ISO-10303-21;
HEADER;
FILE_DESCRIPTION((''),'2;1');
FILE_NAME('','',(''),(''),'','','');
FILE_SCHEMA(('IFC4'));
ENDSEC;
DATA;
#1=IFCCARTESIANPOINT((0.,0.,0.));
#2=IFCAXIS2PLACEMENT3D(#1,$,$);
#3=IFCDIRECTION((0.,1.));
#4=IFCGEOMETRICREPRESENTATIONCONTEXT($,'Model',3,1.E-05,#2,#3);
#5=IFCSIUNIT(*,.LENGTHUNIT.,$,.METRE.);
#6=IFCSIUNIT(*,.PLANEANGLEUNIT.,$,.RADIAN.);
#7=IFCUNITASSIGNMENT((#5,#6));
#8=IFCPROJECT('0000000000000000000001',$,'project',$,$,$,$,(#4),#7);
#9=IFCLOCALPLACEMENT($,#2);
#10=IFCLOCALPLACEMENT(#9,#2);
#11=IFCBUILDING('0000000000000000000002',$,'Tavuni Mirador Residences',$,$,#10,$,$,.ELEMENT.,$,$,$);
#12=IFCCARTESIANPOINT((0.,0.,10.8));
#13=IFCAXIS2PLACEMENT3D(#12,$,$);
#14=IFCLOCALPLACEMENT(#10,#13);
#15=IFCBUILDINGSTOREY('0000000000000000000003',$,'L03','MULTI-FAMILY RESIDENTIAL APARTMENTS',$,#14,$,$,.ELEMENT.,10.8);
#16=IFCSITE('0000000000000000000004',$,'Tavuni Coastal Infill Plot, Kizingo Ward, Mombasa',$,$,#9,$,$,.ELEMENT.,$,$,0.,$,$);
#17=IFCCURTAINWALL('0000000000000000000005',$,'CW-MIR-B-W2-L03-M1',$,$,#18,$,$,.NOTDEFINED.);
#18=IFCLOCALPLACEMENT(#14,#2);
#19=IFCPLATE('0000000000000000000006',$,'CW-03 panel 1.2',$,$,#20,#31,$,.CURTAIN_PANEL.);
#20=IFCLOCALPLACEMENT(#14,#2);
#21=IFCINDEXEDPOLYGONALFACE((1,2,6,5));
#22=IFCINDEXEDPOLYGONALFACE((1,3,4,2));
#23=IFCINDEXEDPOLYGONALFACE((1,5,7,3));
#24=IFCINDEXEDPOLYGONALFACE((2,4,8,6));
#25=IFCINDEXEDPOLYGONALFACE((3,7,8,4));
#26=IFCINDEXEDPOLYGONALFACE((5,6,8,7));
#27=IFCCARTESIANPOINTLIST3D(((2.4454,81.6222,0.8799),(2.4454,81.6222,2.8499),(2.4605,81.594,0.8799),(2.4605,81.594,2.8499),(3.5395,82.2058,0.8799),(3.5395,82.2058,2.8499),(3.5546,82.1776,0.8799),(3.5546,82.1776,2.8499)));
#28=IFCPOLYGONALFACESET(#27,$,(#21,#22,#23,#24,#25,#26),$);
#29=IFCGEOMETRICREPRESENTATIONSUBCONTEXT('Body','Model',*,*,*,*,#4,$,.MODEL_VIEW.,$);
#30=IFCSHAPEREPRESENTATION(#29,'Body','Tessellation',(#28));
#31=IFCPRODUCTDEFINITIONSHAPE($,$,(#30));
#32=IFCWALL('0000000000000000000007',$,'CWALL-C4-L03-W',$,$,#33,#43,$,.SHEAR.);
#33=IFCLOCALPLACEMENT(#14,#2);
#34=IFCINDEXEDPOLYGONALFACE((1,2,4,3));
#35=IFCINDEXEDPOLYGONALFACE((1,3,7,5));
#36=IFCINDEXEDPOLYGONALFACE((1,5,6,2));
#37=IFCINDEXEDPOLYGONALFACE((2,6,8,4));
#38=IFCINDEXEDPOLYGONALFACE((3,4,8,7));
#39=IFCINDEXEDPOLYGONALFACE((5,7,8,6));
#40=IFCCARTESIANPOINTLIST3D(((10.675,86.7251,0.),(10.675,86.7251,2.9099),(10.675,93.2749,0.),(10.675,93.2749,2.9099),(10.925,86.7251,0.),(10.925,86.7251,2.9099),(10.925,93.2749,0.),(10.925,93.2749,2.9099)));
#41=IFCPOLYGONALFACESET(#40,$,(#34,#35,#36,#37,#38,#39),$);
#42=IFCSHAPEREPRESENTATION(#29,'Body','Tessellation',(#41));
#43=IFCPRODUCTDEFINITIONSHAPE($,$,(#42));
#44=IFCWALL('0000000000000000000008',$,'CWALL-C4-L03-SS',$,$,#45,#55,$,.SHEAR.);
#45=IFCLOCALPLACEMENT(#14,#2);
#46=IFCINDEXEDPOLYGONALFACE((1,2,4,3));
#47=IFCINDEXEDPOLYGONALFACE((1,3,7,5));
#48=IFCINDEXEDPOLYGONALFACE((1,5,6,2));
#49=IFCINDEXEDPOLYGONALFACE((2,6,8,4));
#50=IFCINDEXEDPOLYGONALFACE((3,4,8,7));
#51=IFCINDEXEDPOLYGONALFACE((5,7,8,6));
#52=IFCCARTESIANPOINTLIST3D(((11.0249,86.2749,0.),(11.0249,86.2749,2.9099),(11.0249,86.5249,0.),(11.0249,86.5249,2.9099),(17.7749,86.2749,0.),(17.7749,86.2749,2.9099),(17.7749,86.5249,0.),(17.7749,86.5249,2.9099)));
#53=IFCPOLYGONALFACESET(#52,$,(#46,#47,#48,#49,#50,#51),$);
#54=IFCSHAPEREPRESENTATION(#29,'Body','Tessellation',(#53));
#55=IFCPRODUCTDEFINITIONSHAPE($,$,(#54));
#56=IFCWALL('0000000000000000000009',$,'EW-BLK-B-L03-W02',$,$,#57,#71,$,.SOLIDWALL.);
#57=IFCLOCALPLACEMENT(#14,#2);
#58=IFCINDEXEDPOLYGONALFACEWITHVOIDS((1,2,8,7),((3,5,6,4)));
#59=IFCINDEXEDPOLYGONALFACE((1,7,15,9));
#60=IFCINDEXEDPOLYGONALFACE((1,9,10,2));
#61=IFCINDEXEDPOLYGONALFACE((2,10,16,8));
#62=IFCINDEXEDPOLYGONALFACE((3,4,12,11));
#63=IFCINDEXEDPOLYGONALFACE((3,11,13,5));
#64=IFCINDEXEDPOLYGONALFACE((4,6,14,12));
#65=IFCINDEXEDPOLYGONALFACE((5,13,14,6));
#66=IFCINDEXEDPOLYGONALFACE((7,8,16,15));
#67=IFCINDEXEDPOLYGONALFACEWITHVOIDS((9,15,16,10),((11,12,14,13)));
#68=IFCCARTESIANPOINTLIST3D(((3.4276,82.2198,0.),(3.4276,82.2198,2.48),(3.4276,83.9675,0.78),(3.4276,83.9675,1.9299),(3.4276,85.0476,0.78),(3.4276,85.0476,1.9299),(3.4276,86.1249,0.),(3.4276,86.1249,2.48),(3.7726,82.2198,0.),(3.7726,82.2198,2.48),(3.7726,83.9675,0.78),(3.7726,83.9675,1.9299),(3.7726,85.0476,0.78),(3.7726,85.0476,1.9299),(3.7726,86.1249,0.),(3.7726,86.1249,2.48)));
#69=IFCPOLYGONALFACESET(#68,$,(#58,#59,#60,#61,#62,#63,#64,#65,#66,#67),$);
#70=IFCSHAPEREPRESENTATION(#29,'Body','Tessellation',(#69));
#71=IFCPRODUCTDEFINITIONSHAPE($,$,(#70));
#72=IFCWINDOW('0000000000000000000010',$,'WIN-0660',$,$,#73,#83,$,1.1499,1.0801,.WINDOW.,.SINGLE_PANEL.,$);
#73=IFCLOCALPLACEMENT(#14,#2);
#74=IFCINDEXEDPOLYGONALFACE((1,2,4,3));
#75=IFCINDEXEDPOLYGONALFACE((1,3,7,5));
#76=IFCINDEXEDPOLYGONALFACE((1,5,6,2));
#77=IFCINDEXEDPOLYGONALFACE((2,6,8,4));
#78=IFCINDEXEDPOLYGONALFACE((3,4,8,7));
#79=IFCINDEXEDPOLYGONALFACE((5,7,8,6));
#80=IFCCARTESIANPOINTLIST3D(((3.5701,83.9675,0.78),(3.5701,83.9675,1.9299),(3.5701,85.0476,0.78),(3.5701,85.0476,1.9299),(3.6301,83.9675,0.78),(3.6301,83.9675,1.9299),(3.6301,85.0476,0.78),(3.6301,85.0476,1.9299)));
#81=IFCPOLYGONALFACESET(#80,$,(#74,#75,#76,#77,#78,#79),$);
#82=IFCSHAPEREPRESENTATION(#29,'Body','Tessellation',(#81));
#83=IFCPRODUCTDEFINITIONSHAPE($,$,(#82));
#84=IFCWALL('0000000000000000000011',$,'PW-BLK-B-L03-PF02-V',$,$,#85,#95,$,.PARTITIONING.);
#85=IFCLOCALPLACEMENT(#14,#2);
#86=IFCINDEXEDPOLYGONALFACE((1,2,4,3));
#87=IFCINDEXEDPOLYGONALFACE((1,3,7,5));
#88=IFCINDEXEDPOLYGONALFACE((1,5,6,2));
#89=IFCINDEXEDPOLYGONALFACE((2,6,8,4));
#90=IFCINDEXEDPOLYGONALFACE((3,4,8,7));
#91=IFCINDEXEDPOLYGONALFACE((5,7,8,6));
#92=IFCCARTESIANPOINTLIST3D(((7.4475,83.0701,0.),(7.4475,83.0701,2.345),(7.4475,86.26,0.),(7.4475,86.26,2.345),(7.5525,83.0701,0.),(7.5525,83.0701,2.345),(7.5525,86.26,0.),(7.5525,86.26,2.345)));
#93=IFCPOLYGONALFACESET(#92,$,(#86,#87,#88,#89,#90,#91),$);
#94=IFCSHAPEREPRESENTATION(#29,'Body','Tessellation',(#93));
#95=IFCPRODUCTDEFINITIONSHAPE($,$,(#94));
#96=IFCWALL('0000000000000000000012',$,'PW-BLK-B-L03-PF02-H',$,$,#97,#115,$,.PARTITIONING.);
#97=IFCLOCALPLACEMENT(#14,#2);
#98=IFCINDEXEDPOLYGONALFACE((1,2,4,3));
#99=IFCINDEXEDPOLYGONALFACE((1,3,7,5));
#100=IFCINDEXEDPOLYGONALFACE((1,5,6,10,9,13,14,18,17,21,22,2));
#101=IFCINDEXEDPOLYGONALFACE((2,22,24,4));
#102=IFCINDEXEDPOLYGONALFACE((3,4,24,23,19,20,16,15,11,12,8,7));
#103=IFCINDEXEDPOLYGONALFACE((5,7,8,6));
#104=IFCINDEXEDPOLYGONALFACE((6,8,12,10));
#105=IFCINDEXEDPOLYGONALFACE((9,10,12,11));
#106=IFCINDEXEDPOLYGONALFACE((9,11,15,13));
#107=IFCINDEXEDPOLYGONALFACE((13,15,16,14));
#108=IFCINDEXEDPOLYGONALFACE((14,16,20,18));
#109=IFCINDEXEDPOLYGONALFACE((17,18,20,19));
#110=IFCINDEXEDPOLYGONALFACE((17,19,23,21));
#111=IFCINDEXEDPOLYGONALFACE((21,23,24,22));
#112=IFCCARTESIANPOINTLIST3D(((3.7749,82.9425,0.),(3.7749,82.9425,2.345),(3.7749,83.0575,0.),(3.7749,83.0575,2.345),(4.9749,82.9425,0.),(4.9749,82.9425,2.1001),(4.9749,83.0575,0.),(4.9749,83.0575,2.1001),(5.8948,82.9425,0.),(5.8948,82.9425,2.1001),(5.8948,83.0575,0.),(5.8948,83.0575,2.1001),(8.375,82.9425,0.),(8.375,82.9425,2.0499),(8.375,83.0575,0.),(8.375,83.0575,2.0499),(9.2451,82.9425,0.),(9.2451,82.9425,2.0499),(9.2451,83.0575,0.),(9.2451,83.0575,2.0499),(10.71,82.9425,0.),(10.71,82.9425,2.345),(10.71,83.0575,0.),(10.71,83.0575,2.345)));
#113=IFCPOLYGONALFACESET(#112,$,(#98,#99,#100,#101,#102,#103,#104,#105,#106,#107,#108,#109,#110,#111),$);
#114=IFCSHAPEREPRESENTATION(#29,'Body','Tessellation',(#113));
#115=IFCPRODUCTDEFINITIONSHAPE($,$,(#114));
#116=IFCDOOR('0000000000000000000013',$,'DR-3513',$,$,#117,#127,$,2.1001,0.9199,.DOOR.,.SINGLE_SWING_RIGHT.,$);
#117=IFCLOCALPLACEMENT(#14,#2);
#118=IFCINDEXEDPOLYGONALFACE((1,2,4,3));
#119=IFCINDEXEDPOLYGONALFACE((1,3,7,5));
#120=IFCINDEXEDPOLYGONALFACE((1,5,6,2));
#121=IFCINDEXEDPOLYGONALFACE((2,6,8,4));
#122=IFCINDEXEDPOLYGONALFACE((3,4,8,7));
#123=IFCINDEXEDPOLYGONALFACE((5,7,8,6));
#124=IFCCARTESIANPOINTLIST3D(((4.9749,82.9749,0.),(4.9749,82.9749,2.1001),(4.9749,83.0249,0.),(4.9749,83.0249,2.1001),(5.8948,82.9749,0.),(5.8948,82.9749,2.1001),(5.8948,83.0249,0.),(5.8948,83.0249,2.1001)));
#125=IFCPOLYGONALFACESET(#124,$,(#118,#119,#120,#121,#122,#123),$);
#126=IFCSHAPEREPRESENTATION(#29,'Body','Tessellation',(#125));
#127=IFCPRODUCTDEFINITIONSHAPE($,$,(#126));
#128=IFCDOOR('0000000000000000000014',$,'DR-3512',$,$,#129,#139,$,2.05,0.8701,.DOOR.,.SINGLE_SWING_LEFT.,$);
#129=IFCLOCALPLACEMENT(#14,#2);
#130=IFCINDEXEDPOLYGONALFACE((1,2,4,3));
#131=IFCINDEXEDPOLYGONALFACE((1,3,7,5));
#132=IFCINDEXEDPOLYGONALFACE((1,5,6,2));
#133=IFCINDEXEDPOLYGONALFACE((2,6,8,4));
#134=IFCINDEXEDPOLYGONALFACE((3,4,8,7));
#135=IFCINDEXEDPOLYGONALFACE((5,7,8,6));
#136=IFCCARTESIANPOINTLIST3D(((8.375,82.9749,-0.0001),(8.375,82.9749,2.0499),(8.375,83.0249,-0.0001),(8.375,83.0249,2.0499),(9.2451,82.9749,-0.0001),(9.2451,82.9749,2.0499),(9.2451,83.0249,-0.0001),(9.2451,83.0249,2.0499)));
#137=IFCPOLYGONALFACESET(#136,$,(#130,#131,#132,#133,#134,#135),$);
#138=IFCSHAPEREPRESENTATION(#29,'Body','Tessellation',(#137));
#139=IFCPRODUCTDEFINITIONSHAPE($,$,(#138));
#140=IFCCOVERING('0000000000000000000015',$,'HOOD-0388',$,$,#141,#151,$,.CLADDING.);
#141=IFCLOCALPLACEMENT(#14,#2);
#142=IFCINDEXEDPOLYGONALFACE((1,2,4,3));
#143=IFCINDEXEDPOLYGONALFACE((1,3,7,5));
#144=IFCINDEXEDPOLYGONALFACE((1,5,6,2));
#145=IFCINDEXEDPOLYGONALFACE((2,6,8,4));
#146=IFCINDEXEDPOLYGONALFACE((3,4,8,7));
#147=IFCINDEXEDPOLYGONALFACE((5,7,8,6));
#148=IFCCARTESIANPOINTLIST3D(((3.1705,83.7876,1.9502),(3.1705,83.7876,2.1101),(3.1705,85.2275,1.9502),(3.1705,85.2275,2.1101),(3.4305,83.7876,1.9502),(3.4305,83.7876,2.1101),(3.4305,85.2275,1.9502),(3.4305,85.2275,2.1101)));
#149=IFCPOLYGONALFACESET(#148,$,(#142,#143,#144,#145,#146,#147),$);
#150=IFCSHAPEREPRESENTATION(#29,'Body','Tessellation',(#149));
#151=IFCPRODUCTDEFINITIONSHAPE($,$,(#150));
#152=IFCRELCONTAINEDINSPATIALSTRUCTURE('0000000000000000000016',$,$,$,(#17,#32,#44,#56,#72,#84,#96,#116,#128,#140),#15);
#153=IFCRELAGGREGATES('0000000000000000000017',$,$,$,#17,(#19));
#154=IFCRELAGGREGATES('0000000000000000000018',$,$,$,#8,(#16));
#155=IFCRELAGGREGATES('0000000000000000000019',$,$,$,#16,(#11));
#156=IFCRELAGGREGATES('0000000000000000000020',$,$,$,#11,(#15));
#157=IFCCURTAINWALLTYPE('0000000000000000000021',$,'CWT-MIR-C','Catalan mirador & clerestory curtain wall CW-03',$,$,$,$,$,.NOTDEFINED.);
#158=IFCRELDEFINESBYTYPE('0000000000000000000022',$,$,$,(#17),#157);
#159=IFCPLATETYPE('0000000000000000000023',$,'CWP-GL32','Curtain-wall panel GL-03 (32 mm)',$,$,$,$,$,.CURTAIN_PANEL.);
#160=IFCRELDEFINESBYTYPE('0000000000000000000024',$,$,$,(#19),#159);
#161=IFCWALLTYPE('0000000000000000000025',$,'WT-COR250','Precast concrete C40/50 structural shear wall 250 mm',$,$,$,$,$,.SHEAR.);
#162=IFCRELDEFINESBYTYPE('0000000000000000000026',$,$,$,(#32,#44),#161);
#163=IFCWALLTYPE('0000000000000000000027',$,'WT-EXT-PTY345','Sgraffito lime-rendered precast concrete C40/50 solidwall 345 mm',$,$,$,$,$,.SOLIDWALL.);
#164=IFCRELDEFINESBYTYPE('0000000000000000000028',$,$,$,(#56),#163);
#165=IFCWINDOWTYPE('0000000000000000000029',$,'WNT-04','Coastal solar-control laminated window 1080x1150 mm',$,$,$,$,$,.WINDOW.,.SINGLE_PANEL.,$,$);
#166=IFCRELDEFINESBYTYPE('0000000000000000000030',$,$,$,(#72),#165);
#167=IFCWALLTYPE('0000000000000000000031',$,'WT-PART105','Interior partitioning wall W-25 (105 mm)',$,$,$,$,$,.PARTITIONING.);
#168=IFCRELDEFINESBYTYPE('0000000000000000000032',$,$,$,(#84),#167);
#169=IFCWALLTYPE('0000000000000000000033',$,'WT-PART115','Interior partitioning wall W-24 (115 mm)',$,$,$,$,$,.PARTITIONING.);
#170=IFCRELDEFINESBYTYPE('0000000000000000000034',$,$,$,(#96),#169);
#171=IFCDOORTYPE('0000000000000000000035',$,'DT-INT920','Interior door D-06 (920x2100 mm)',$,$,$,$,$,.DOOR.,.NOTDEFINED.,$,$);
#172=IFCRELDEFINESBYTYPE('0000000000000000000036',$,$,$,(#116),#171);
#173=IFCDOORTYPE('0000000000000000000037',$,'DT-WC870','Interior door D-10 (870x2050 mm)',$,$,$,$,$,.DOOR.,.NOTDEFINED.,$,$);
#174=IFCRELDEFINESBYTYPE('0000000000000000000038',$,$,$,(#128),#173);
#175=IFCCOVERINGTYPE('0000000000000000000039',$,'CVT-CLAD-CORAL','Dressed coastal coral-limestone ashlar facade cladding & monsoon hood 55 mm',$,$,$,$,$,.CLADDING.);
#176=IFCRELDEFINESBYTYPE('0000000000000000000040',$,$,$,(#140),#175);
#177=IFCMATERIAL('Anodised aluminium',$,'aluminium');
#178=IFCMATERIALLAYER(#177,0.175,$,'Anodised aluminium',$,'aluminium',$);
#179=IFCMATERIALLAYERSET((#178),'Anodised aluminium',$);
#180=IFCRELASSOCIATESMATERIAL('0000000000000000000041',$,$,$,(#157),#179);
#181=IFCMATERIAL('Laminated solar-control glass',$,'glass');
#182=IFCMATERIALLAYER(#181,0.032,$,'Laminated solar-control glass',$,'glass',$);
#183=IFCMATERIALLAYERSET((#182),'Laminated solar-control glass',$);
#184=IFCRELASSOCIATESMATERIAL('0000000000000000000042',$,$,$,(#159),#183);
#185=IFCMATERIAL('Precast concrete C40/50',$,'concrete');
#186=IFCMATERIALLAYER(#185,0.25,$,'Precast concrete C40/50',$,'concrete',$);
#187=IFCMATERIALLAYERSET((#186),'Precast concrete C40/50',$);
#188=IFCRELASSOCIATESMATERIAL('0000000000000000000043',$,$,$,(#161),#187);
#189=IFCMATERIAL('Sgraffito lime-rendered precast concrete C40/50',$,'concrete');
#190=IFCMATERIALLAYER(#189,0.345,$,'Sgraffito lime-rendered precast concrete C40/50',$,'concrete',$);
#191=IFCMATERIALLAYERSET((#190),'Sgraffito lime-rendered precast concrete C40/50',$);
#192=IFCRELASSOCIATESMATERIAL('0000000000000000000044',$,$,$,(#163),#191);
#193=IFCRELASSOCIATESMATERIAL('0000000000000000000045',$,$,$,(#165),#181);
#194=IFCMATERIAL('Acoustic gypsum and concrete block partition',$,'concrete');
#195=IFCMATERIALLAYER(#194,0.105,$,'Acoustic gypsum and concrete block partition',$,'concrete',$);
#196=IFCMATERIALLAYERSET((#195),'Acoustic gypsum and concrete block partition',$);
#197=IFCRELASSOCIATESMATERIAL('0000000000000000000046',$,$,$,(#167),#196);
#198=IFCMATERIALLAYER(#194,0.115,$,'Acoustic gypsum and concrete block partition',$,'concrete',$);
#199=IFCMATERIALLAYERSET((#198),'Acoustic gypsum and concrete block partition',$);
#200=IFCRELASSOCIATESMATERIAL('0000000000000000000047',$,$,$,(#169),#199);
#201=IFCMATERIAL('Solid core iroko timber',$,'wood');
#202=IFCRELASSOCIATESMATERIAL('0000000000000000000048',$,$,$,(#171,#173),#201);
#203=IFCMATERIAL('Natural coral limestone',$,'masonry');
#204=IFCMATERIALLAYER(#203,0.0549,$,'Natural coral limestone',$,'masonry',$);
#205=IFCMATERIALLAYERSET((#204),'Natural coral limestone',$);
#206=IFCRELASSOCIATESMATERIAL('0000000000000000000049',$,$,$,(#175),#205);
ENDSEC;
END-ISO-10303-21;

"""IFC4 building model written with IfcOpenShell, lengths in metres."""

from ifc_helpers import new_model, si_unit, direction, frame, frame_2d, origin, origin_2d, place, context, subcontext, project, spatial, rectangle, extrude, material, layer, layer_set, type_object, element, fill, aggregate, save


model = new_model("IFC4")

# Units and contexts
model_context = context("Model", 3, precision=1e-05, world=origin(), true_north=direction((0.0, 1.0)))
body_context = subcontext(model_context, "Body", "Model", "MODEL_VIEW")
ifc_project = project(units=[si_unit("LENGTHUNIT", "METRE"), si_unit("PLANEANGLEUNIT", "RADIAN")], contexts=[model_context])

# Site, building, storey
site_placement = place(None, origin())
site = spatial("IfcSite", under=ifc_project, at=site_placement, Name="Tavuni Coastal Infill Plot, Kizingo Ward, Mombasa", CompositionType="ELEMENT", RefElevation=0.0)
building_placement = place(site_placement, origin())
building = spatial("IfcBuilding", under=site, at=building_placement, Name="Tavuni Mirador Residences", CompositionType="ELEMENT")
storey_placement = place(building_placement, frame((0.0, 0.0, 10.8)))
storey = spatial("IfcBuildingStorey", under=building, at=storey_placement, Name="L03", Description="MULTI-FAMILY RESIDENTIAL APARTMENTS", CompositionType="ELEMENT", Elevation=10.8)

# Shared definitions
ifc_material_1 = material(Name="Precast concrete C40/50", Category="concrete")

# Curtain wall
ifc_material_2 = material(Name="Anodised aluminium", Category="aluminium")
ifc_layer_1 = layer(ifc_material_2, 0.175, Name="Anodised aluminium", Category="aluminium")
ifc_layer_set_1 = layer_set([ifc_layer_1], Name="Anodised aluminium")
curtain_wall_type = type_object("IfcCurtainWallType", Name="CWT-MIR-C", Description="Catalan mirador & clerestory curtain wall CW-03", PredefinedType="NOTDEFINED", material=ifc_layer_set_1)
curtain_wall_placement = place(storey_placement, origin())
curtain_wall = element("IfcCurtainWall", 1, at=curtain_wall_placement, inside=storey, type_object=curtain_wall_type, Name="CW-MIR-B-W2-L03-M1", PredefinedType="NOTDEFINED")

# Plate
ifc_material_3 = material(Name="Laminated solar-control glass", Category="glass")
ifc_layer_2 = layer(ifc_material_3, 0.032, Name="Laminated solar-control glass", Category="glass")
ifc_layer_set_2 = layer_set([ifc_layer_2], Name="Laminated solar-control glass")
plate_type = type_object("IfcPlateType", Name="CWP-GL32", Description="Curtain-wall panel GL-03 (32 mm)", PredefinedType="CURTAIN_PANEL", material=ifc_layer_set_2)
plate_placement = place(storey_placement, frame((3.0, 81.8999, 0.8799), z_axis=(0.0, 0.0, 1.0), x_axis=(-0.882353, -0.470588, 0.0)))
plate = element("IfcPlate", 2, at=plate_placement, type_object=plate_type, Name="CW-03 panel 1.2", PredefinedType="CURTAIN_PANEL", context=body_context, shape_type="SweptSolid", body=[
    extrude(rectangle(XDim=1.24, YDim=0.032, at=origin_2d()), origin(), (0.0, 0.0, 1.0), 1.97),
])
aggregate(curtain_wall, [plate])

# Walls
ifc_layer_3 = layer(ifc_material_1, 0.25, Name="Precast concrete C40/50", Category="concrete")
ifc_layer_set_3 = layer_set([ifc_layer_3], Name="Precast concrete C40/50")
wall_type_1 = type_object("IfcWallType", Name="WT-COR250", Description="Precast concrete C40/50 structural shear wall 250 mm", PredefinedType="SHEAR", material=ifc_layer_set_3)
wall_1_placement = place(storey_placement, frame((10.8, 86.7251, 0.0), z_axis=(0.0, 0.0, 1.0), x_axis=(0.0, 1.0, 0.0)))
element("IfcWall", 3, at=wall_1_placement, inside=storey, type_object=wall_type_1, Name="CWALL-C4-L03-W", PredefinedType="SHEAR", context=body_context, shape_type="SweptSolid", body=[
    extrude(rectangle(XDim=6.5498, YDim=0.25, at=frame_2d((3.2749, 0.0))), origin(), (0.0, 0.0, 1.0), 2.9099),
])
wall_2_placement = place(storey_placement, frame((11.0249, 86.3999, 0.0), z_axis=(0.0, 0.0, 1.0), x_axis=(1.0, 0.0, 0.0)))
element("IfcWall", 4, at=wall_2_placement, inside=storey, type_object=wall_type_1, Name="CWALL-C4-L03-SS", PredefinedType="SHEAR", context=body_context, shape_type="SweptSolid", body=[
    extrude(rectangle(XDim=6.75, YDim=0.25, at=frame_2d((3.375, 0.0))), origin(), (0.0, 0.0, 1.0), 2.9099),
])

# Shared definitions
ifc_material_4 = material(Name="Solid core iroko timber", Category="wood")

# Wall, opening, window
ifc_material_5 = material(Name="Sgraffito lime-rendered precast concrete C40/50", Category="concrete")
ifc_layer_4 = layer(ifc_material_5, 0.345, Name="Sgraffito lime-rendered precast concrete C40/50", Category="concrete")
ifc_layer_set_4 = layer_set([ifc_layer_4], Name="Sgraffito lime-rendered precast concrete C40/50")
wall_type_2 = type_object("IfcWallType", Name="WT-EXT-PTY345", Description="Sgraffito lime-rendered precast concrete C40/50 solidwall 345 mm", PredefinedType="SOLIDWALL", material=ifc_layer_set_4)
wall_3_placement = place(storey_placement, frame((3.6001, 86.125, 0.0), z_axis=(0.0, 0.0, 1.0), x_axis=(0.0, -1.0, 0.0)))
wall_3 = element("IfcWall", 5, at=wall_3_placement, inside=storey, type_object=wall_type_2, Name="EW-BLK-B-L03-W02", PredefinedType="SOLIDWALL", context=body_context, shape_type="SweptSolid", body=[
    extrude(rectangle(XDim=3.905, YDim=0.345, at=frame_2d((1.9526, 0.0))), origin(), (0.0, 0.0, 1.0), 2.48),
])
opening_1_placement = place(wall_3_placement, frame((1.0774, 0.0, 0.78)))
opening_1 = element("IfcOpeningElement", 6, at=opening_1_placement, cuts=wall_3, PredefinedType="OPENING", context=body_context, shape_type="SweptSolid", body=[
    extrude(rectangle(XDim=1.0801, YDim=1.1499, at=frame_2d((0.54, 0.575))), frame((0.0, 0.1826, 0.0), z_axis=(0.0, -1.0, 0.0), x_axis=(1.0, 0.0, 0.0)), (0.0, 0.0, 1.0), 0.365),
])
window_type = type_object("IfcWindowType", Name="WNT-04", Description="Coastal solar-control laminated window 1080x1150 mm", PartitioningType="SINGLE_PANEL", PredefinedType="WINDOW", material=ifc_material_3)
window_placement = place(opening_1_placement, origin())
window = element("IfcWindow", 7, at=window_placement, inside=storey, type_object=window_type, Name="WIN-0660", OverallHeight=1.1499, OverallWidth=1.0801, PartitioningType="SINGLE_PANEL", PredefinedType="WINDOW", context=body_context, shape_type="SweptSolid", body=[
    extrude(rectangle(XDim=1.0801, YDim=1.1499, at=frame_2d((0.54, 0.575))), frame((0.0, 0.03, 0.0), z_axis=(0.0, -1.0, 0.0), x_axis=(1.0, 0.0, 0.0)), (0.0, 0.0, 1.0), 0.0601),
])
fill(opening_1, window)

# Wall
ifc_material_6 = material(Name="Acoustic gypsum and concrete block partition", Category="concrete")
ifc_layer_5 = layer(ifc_material_6, 0.105, Name="Acoustic gypsum and concrete block partition", Category="concrete")
ifc_layer_set_5 = layer_set([ifc_layer_5], Name="Acoustic gypsum and concrete block partition")
wall_type_3 = type_object("IfcWallType", Name="WT-PART105", Description="Interior partitioning wall W-25 (105 mm)", PredefinedType="PARTITIONING", material=ifc_layer_set_5)
wall_4_placement = place(storey_placement, frame((7.5, 83.0701, 0.0), z_axis=(0.0, 0.0, 1.0), x_axis=(0.0, 1.0, 0.0)))
element("IfcWall", 8, at=wall_4_placement, inside=storey, type_object=wall_type_3, Name="PW-BLK-B-L03-PF02-V", PredefinedType="PARTITIONING", context=body_context, shape_type="SweptSolid", body=[
    extrude(rectangle(XDim=3.1899, YDim=0.105, at=frame_2d((1.595, 0.0))), origin(), (0.0, 0.0, 1.0), 2.345),
])

# Wall, openings, doors
ifc_layer_6 = layer(ifc_material_6, 0.115, Name="Acoustic gypsum and concrete block partition", Category="concrete")
ifc_layer_set_6 = layer_set([ifc_layer_6], Name="Acoustic gypsum and concrete block partition")
wall_type_4 = type_object("IfcWallType", Name="WT-PART115", Description="Interior partitioning wall W-24 (115 mm)", PredefinedType="PARTITIONING", material=ifc_layer_set_6)
wall_5_placement = place(storey_placement, frame((3.7749, 83.0, 0.0), z_axis=(0.0, 0.0, 1.0), x_axis=(1.0, 0.0, 0.0)))
wall_5 = element("IfcWall", 9, at=wall_5_placement, inside=storey, type_object=wall_type_4, Name="PW-BLK-B-L03-PF02-H", PredefinedType="PARTITIONING", context=body_context, shape_type="SweptSolid", body=[
    extrude(rectangle(XDim=6.9351, YDim=0.115, at=frame_2d((3.4675, 0.0))), origin(), (0.0, 0.0, 1.0), 2.345),
])
opening_2_placement = place(wall_5_placement, frame((4.6001, 0.0, 0.0)))
opening_2 = element("IfcOpeningElement", 10, at=opening_2_placement, cuts=wall_5, PredefinedType="OPENING", context=body_context, shape_type="SweptSolid", body=[
    extrude(rectangle(XDim=0.8701, YDim=2.05, at=frame_2d((0.4351, 1.0249))), frame((0.0, 0.0674, 0.0), z_axis=(0.0, -1.0, 0.0), x_axis=(1.0, 0.0, 0.0)), (0.0, 0.0, 1.0), 0.135),
])
opening_3_placement = place(wall_5_placement, frame((1.2, 0.0, 0.0)))
opening_3 = element("IfcOpeningElement", 11, at=opening_3_placement, cuts=wall_5, PredefinedType="OPENING", context=body_context, shape_type="SweptSolid", body=[
    extrude(rectangle(XDim=0.9199, YDim=2.1001, at=frame_2d((0.46, 1.05))), frame((0.0, 0.0674, 0.0), z_axis=(0.0, -1.0, 0.0), x_axis=(1.0, 0.0, 0.0)), (0.0, 0.0, 1.0), 0.135),
])
door_type_1 = type_object("IfcDoorType", Name="DT-INT920", Description="Interior door D-06 (920x2100 mm)", OperationType="NOTDEFINED", PredefinedType="DOOR", material=ifc_material_4)
door_1_placement = place(opening_3_placement, origin())
door_1 = element("IfcDoor", 12, at=door_1_placement, inside=storey, type_object=door_type_1, Name="DR-3513", OperationType="SINGLE_SWING_RIGHT", OverallHeight=2.1001, OverallWidth=0.9199, PredefinedType="DOOR", context=body_context, shape_type="SweptSolid", body=[
    extrude(rectangle(XDim=0.9199, YDim=2.1001, at=frame_2d((0.46, 1.05))), frame((0.0, 0.0249, 0.0), z_axis=(0.0, -1.0, 0.0), x_axis=(1.0, 0.0, 0.0)), (0.0, 0.0, 1.0), 0.05),
])
fill(opening_3, door_1)
door_type_2 = type_object("IfcDoorType", Name="DT-WC870", Description="Interior door D-10 (870x2050 mm)", OperationType="NOTDEFINED", PredefinedType="DOOR", material=ifc_material_4)
door_2_placement = place(opening_2_placement, origin())
door_2 = element("IfcDoor", 13, at=door_2_placement, inside=storey, type_object=door_type_2, Name="DR-3512", OperationType="SINGLE_SWING_LEFT", OverallHeight=2.05, OverallWidth=0.8701, PredefinedType="DOOR", context=body_context, shape_type="SweptSolid", body=[
    extrude(rectangle(XDim=0.8701, YDim=2.05, at=frame_2d((0.4351, 1.0249))), frame((0.0, 0.0249, 0.0), z_axis=(0.0, -1.0, 0.0), x_axis=(1.0, 0.0, 0.0)), (0.0, 0.0, 1.0), 0.05),
])
fill(opening_2, door_2)

# Covering
ifc_material_7 = material(Name="Natural coral limestone", Category="masonry")
ifc_layer_7 = layer(ifc_material_7, 0.0549, Name="Natural coral limestone", Category="masonry")
ifc_layer_set_7 = layer_set([ifc_layer_7], Name="Natural coral limestone")
covering_type = type_object("IfcCoveringType", Name="CVT-CLAD-CORAL", Description="Dressed coastal coral-limestone ashlar facade cladding & monsoon hood 55 mm", PredefinedType="CLADDING", material=ifc_layer_set_7)
covering_placement = place(storey_placement, frame((3.3005, 84.5076, 1.9502), z_axis=(0.0, 0.0, 1.0), x_axis=(0.0, -1.0, 0.0)))
element("IfcCovering", 14, at=covering_placement, inside=storey, type_object=covering_type, Name="HOOD-0388", PredefinedType="CLADDING", context=body_context, shape_type="SweptSolid", body=[
    extrude(rectangle(XDim=1.4399, YDim=0.26, at=origin_2d()), origin(), (0.0, 0.0, 1.0), 0.1599),
])

save(model, "model.ifc")
